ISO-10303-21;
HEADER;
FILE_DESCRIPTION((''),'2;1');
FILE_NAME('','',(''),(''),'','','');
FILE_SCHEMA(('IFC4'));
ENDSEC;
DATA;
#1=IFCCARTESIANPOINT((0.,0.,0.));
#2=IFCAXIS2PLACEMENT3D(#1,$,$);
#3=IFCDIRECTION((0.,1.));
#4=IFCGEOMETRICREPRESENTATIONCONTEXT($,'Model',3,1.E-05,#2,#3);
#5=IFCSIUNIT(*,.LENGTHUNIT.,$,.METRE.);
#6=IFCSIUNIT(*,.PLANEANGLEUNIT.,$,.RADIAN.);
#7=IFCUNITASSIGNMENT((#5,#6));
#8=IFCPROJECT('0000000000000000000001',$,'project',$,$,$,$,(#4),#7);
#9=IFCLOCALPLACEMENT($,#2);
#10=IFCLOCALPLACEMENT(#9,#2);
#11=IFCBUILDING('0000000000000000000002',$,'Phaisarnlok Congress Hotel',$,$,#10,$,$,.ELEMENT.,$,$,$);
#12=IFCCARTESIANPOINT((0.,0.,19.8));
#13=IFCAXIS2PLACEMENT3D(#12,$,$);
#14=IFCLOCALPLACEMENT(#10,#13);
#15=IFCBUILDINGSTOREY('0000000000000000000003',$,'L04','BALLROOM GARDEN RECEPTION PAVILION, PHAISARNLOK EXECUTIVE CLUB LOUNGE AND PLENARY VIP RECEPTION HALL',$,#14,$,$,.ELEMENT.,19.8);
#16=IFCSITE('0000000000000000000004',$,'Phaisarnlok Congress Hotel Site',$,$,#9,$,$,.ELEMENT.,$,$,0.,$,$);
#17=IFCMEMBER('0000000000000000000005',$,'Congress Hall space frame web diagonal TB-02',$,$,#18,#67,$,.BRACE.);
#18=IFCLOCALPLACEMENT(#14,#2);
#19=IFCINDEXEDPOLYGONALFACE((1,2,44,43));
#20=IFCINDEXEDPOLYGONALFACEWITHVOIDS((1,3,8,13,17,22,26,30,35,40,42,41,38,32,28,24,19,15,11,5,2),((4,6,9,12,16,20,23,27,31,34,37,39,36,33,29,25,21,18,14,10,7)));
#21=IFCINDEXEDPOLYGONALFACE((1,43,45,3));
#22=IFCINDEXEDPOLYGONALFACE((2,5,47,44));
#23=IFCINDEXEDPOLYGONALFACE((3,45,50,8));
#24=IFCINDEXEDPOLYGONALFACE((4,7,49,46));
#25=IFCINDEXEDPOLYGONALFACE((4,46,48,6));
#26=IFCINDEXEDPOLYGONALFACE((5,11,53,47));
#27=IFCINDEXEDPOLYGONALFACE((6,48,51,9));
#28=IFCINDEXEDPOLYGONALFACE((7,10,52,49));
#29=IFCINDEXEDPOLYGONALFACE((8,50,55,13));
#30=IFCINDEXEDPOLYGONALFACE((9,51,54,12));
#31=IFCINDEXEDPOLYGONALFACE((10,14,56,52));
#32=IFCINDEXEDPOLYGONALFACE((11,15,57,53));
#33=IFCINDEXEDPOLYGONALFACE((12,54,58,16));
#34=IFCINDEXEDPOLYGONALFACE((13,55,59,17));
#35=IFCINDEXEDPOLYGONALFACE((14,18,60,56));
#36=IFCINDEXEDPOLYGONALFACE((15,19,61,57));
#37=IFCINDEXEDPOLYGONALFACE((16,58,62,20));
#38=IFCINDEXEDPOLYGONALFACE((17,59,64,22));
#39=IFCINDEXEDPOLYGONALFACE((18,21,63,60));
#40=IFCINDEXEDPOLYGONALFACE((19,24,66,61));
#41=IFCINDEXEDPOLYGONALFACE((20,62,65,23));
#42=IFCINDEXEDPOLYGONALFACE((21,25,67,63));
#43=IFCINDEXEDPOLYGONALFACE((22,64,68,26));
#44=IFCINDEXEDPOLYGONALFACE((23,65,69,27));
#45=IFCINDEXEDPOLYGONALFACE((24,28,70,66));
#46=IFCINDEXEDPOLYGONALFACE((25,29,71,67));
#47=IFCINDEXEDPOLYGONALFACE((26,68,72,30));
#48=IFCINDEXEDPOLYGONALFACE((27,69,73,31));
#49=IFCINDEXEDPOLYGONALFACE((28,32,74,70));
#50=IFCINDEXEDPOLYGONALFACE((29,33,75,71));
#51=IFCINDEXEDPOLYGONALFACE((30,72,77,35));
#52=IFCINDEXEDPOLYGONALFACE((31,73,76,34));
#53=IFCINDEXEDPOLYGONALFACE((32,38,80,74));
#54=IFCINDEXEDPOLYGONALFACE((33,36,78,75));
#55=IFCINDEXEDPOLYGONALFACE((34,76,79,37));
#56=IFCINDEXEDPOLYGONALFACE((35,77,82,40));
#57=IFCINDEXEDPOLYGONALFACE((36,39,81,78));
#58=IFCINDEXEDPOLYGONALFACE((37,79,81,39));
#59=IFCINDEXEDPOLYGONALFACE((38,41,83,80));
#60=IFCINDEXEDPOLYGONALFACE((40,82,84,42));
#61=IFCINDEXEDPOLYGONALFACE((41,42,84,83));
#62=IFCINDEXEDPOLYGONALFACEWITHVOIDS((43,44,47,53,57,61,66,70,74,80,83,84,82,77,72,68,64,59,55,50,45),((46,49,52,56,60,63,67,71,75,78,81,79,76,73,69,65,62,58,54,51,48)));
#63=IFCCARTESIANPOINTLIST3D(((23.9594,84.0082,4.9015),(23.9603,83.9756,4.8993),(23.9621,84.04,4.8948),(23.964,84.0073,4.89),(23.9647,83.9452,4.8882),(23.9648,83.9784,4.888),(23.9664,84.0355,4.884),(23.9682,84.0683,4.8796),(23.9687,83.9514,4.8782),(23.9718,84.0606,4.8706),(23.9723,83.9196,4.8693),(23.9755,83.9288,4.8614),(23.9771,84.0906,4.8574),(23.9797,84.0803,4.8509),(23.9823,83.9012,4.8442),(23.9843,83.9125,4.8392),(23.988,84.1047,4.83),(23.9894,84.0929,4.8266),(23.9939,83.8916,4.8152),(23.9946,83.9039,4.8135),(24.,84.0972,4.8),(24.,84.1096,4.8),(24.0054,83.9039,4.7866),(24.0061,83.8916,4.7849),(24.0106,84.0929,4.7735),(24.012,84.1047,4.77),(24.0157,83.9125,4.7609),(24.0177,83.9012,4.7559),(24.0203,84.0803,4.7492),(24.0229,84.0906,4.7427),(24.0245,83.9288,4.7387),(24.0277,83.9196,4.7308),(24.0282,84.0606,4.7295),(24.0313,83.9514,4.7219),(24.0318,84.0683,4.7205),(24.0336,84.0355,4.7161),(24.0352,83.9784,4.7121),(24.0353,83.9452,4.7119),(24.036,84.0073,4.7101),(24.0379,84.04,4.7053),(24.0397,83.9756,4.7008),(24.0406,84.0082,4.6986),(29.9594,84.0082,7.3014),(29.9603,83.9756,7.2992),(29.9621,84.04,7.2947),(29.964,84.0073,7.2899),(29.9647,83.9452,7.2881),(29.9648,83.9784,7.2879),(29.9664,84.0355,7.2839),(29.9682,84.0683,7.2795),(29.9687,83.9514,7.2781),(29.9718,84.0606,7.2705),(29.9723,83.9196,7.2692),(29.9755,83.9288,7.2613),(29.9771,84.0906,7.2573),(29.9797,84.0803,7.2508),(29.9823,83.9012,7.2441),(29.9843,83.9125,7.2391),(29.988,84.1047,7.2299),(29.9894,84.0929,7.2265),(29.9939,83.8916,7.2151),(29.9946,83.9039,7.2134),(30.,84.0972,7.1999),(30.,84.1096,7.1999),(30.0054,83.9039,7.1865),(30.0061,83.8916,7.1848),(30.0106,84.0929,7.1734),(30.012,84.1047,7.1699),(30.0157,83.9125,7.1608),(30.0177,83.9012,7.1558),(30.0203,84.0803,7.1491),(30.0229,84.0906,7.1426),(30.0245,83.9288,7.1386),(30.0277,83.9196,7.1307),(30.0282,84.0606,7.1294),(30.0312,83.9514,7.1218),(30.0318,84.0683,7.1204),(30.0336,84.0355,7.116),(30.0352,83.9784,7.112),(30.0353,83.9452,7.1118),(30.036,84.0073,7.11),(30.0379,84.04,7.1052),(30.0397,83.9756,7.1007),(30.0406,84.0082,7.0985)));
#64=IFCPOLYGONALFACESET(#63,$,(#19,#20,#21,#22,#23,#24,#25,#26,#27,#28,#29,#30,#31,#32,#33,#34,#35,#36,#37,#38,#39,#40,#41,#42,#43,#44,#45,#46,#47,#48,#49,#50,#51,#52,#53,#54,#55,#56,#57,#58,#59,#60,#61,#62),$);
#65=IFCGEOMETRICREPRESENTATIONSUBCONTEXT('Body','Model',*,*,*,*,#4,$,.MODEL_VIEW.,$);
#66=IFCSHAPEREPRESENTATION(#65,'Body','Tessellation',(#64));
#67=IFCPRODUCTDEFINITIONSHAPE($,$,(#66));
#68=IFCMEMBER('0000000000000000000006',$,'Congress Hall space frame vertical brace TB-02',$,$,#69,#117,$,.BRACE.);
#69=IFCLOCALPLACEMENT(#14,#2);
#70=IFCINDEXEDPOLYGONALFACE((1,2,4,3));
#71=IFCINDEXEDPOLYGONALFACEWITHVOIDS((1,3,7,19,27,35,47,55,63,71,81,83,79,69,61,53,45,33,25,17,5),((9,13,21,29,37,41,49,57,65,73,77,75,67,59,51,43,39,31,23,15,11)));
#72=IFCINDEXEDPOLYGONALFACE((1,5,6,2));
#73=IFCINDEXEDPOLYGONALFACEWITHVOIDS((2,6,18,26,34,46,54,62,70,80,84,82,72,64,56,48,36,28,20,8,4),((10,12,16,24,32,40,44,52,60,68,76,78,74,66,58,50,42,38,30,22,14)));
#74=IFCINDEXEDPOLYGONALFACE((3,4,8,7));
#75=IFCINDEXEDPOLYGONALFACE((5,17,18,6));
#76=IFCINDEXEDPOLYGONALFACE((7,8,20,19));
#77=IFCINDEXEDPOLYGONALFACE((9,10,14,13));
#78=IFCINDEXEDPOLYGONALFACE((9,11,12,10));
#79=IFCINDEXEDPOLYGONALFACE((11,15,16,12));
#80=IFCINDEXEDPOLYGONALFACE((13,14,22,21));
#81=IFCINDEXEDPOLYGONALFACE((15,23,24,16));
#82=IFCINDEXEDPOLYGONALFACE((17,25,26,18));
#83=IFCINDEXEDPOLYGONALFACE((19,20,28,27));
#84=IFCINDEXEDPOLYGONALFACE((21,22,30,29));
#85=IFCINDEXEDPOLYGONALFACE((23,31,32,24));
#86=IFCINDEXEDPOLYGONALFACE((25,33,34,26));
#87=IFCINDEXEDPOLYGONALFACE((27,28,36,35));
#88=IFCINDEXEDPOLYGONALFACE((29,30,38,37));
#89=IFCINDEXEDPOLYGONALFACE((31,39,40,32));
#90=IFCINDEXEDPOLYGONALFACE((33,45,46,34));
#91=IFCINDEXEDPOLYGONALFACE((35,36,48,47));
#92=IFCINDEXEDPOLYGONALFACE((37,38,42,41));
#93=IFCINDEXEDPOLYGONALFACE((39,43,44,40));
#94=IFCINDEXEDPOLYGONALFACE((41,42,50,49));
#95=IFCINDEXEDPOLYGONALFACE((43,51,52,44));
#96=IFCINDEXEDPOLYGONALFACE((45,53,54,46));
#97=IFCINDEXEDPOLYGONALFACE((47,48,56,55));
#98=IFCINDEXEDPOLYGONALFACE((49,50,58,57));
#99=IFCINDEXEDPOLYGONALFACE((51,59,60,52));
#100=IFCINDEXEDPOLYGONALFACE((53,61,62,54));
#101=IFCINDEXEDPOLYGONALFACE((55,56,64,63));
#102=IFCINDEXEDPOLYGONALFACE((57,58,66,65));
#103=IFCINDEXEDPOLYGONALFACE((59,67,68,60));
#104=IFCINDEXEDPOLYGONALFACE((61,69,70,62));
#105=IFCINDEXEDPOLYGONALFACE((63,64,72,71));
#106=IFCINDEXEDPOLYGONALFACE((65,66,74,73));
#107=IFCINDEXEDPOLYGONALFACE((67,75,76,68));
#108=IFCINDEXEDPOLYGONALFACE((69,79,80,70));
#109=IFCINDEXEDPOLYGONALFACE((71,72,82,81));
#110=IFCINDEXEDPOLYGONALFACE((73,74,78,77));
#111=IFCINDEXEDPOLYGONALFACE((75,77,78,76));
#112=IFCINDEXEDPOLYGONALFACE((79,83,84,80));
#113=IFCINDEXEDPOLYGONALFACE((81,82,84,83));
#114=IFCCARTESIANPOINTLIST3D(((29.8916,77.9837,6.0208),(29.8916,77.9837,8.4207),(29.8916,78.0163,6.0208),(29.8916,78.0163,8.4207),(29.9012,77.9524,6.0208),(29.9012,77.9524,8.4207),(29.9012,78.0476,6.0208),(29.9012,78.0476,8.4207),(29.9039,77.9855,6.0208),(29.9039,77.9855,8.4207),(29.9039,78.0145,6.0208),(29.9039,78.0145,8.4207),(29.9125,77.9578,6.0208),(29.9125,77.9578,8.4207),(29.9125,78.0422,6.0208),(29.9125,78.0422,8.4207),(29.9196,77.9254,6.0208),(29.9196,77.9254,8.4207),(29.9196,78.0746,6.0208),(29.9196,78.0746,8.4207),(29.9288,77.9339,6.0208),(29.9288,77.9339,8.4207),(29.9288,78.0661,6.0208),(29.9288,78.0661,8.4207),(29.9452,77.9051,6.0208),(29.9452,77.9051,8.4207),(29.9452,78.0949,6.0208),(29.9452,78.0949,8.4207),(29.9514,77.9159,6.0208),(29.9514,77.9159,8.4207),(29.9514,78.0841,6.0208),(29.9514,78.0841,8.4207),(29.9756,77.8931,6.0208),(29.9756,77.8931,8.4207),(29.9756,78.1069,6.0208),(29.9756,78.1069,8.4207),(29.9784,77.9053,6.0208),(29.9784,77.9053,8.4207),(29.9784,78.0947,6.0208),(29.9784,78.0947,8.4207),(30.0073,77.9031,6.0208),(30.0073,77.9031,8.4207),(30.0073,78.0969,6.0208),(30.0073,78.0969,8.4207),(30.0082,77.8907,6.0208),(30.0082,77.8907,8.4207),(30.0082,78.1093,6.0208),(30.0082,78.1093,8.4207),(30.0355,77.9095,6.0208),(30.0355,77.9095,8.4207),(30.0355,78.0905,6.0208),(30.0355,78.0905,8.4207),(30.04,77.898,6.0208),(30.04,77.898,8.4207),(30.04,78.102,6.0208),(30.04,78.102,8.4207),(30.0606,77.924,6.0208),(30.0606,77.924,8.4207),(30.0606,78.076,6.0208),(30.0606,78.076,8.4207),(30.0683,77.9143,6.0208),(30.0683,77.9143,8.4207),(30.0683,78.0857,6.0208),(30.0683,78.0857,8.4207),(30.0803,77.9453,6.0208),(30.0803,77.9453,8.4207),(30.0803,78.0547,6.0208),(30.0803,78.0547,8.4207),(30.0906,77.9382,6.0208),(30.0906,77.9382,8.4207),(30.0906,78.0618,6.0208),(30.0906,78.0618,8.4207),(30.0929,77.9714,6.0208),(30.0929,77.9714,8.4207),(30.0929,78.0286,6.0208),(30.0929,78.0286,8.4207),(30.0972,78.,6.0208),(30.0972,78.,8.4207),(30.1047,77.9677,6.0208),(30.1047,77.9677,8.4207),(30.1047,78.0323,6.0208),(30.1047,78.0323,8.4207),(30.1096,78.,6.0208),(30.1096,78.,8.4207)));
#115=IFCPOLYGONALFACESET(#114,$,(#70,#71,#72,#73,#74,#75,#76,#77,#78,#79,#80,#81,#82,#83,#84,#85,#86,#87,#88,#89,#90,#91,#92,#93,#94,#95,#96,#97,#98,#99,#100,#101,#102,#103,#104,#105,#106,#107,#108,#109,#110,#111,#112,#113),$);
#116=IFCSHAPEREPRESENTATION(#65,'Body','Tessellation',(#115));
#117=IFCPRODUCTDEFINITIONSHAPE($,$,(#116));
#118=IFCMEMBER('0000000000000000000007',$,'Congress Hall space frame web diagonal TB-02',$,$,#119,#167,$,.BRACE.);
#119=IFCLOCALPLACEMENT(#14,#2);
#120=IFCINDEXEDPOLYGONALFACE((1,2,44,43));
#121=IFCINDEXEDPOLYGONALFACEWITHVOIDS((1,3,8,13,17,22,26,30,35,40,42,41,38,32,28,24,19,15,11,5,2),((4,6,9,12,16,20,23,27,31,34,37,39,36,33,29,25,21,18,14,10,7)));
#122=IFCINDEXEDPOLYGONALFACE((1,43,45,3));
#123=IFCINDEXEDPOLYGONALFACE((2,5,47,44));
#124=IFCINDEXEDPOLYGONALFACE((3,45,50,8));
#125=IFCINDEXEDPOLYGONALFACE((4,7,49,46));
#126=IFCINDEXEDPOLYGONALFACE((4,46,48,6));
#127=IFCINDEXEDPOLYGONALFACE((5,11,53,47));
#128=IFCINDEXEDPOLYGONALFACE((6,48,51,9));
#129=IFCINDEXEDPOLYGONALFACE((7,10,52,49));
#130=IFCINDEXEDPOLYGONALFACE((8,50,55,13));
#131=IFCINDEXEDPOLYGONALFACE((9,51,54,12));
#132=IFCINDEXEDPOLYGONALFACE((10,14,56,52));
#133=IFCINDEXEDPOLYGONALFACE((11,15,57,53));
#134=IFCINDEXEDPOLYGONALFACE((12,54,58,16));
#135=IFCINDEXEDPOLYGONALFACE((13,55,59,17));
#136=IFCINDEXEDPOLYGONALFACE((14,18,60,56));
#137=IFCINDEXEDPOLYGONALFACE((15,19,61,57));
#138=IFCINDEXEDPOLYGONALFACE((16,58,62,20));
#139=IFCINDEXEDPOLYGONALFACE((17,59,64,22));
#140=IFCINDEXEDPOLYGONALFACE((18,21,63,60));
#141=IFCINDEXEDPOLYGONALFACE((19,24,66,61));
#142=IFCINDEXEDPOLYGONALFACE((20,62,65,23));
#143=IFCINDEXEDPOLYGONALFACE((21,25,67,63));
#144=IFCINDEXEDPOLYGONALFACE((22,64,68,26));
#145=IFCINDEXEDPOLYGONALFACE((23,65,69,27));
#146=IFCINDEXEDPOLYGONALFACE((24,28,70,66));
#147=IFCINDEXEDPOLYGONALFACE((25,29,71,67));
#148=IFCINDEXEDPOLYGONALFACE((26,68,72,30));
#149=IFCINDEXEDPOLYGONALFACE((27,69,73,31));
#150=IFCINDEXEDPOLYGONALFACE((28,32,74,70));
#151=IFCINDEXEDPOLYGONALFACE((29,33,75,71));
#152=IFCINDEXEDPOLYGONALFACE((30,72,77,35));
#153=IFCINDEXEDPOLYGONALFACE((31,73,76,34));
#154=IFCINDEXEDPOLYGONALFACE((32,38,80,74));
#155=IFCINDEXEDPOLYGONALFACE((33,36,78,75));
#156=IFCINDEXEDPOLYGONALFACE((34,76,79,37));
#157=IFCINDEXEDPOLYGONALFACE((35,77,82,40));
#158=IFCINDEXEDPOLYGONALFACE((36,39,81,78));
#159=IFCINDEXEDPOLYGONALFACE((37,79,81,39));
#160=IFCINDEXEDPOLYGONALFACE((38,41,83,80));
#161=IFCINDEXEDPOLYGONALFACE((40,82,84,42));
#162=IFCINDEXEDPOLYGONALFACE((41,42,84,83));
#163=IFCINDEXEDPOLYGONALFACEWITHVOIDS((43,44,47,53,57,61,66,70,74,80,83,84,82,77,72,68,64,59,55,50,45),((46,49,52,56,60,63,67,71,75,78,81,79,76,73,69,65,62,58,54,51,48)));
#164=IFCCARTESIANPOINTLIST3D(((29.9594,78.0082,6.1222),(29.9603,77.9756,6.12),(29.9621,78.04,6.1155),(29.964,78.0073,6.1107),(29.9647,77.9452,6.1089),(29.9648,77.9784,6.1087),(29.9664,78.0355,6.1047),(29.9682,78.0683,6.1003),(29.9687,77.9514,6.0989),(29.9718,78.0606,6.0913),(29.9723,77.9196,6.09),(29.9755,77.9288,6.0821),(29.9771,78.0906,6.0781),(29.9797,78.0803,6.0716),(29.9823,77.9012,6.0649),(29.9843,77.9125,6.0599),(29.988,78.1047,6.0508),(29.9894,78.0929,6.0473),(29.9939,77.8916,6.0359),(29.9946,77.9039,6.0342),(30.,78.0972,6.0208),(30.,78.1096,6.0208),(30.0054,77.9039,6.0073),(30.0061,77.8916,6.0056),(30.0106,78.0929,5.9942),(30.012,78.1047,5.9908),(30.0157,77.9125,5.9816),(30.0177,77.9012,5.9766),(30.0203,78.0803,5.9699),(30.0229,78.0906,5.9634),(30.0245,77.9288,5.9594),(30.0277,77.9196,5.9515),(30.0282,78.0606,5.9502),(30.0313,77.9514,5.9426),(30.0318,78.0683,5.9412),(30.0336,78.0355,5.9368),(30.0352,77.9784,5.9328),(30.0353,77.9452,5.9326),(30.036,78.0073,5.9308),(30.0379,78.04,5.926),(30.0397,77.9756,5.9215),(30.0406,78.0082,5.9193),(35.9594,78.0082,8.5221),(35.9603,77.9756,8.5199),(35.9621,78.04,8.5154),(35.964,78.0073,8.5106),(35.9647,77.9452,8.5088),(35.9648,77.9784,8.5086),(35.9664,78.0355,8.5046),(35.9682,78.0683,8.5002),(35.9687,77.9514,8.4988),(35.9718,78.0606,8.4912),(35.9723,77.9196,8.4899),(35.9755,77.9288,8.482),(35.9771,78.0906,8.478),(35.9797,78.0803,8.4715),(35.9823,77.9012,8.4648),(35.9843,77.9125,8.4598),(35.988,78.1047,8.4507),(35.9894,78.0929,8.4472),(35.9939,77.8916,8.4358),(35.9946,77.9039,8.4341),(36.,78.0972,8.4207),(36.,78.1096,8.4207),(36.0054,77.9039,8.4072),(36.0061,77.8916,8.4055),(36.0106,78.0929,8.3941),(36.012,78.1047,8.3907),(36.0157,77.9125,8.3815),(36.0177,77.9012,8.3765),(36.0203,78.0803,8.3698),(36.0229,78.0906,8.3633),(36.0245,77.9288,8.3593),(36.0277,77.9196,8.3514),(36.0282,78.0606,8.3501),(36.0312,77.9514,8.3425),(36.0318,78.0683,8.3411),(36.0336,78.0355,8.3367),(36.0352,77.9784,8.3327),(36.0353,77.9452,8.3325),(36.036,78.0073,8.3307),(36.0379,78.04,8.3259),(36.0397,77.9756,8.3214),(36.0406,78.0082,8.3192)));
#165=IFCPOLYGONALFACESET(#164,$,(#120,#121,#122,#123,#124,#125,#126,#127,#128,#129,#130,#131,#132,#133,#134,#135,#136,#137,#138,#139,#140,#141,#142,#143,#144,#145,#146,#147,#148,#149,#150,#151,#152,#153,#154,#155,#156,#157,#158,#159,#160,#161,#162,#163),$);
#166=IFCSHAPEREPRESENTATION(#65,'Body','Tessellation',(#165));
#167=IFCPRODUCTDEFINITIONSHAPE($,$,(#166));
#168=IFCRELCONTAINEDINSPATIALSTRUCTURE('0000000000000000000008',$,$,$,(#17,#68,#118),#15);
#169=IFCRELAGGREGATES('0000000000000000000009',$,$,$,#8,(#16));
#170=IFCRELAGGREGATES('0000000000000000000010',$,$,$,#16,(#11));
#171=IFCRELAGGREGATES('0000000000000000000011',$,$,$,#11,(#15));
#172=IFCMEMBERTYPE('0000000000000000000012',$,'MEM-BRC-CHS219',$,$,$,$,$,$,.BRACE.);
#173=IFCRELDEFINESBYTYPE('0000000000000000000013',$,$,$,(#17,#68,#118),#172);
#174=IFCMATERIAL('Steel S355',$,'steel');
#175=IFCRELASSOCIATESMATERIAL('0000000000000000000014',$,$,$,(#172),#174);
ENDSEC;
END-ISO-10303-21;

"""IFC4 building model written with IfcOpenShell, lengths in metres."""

from ifc_helpers import new_model, si_unit, direction, frame, origin, origin_2d, place, context, subcontext, project, spatial, hollow_circle, extrude, material, material_profile, profile_set, type_object, element, save


model = new_model("IFC4")

# Units and contexts
model_context = context("Model", 3, precision=1e-05, world=origin(), true_north=direction((0.0, 1.0)))
body_context = subcontext(model_context, "Body", "Model", "MODEL_VIEW")
ifc_project = project(units=[si_unit("LENGTHUNIT", "METRE"), si_unit("PLANEANGLEUNIT", "RADIAN")], contexts=[model_context])

# Site, building, storey
site_placement = place(None, origin())
site = spatial("IfcSite", under=ifc_project, at=site_placement, Name="Phaisarnlok Congress Hotel Site", CompositionType="ELEMENT", RefElevation=0.0)
building_placement = place(site_placement, origin())
building = spatial("IfcBuilding", under=site, at=building_placement, Name="Phaisarnlok Congress Hotel", CompositionType="ELEMENT")
storey_placement = place(building_placement, frame((0.0, 0.0, 19.8)))
storey = spatial("IfcBuildingStorey", under=building, at=storey_placement, Name="L04", Description="BALLROOM GARDEN RECEPTION PAVILION, PHAISARNLOK EXECUTIVE CLUB LOUNGE AND PLENARY VIP RECEPTION HALL", CompositionType="ELEMENT", Elevation=19.8)

# Members
ifc_material_1 = material(Name="Steel S355", Category="steel")
ifc_material_profile_1 = material_profile(ifc_material_1, hollow_circle(Radius=0.1096, WallThickness=0.0125, at=origin_2d()), Name="CHS 219.1x12.5")
ifc_profile_set_1 = profile_set([ifc_material_profile_1], Name="Steel S355")
member_type_1 = type_object("IfcMemberType", Name="MEM-BRC-CHS219", PredefinedType="BRACE", material=ifc_profile_set_1)
member_1_placement = place(storey_placement, frame((24.0, 84.0, 4.8), z_axis=(0.928482, 0.0, 0.371378), x_axis=(0.0, 1.0, 0.0)))
element("IfcMember", 1, at=member_1_placement, inside=storey, type_object=member_type_1, Name="Congress Hall space frame web diagonal TB-02", PredefinedType="BRACE", context=body_context, shape_type="SweptSolid", body=[
    extrude(hollow_circle(Radius=0.1096, WallThickness=0.0125, at=origin_2d()), origin(), (0.0, 0.0, 1.0), 6.4622),
])
member_2_placement = place(storey_placement, frame((30.0, 78.0, 6.0208), z_axis=(0.0, 0.0, 1.0), x_axis=(1.0, 0.0, 0.0)))
element("IfcMember", 2, at=member_2_placement, inside=storey, type_object=member_type_1, Name="Congress Hall space frame vertical brace TB-02", PredefinedType="BRACE", context=body_context, shape_type="SweptSolid", body=[
    extrude(hollow_circle(Radius=0.1096, WallThickness=0.0125, at=origin_2d()), origin(), (0.0, 0.0, 1.0), 2.3999),
])
member_3_placement = place(storey_placement, frame((30.0, 78.0, 6.0208), z_axis=(0.928482, 0.0, 0.371378), x_axis=(0.0, 1.0, 0.0)))
element("IfcMember", 3, at=member_3_placement, inside=storey, type_object=member_type_1, Name="Congress Hall space frame web diagonal TB-02", PredefinedType="BRACE", context=body_context, shape_type="SweptSolid", body=[
    extrude(hollow_circle(Radius=0.1096, WallThickness=0.0125, at=origin_2d()), origin(), (0.0, 0.0, 1.0), 6.4622),
])

save(model, "model.ifc")
